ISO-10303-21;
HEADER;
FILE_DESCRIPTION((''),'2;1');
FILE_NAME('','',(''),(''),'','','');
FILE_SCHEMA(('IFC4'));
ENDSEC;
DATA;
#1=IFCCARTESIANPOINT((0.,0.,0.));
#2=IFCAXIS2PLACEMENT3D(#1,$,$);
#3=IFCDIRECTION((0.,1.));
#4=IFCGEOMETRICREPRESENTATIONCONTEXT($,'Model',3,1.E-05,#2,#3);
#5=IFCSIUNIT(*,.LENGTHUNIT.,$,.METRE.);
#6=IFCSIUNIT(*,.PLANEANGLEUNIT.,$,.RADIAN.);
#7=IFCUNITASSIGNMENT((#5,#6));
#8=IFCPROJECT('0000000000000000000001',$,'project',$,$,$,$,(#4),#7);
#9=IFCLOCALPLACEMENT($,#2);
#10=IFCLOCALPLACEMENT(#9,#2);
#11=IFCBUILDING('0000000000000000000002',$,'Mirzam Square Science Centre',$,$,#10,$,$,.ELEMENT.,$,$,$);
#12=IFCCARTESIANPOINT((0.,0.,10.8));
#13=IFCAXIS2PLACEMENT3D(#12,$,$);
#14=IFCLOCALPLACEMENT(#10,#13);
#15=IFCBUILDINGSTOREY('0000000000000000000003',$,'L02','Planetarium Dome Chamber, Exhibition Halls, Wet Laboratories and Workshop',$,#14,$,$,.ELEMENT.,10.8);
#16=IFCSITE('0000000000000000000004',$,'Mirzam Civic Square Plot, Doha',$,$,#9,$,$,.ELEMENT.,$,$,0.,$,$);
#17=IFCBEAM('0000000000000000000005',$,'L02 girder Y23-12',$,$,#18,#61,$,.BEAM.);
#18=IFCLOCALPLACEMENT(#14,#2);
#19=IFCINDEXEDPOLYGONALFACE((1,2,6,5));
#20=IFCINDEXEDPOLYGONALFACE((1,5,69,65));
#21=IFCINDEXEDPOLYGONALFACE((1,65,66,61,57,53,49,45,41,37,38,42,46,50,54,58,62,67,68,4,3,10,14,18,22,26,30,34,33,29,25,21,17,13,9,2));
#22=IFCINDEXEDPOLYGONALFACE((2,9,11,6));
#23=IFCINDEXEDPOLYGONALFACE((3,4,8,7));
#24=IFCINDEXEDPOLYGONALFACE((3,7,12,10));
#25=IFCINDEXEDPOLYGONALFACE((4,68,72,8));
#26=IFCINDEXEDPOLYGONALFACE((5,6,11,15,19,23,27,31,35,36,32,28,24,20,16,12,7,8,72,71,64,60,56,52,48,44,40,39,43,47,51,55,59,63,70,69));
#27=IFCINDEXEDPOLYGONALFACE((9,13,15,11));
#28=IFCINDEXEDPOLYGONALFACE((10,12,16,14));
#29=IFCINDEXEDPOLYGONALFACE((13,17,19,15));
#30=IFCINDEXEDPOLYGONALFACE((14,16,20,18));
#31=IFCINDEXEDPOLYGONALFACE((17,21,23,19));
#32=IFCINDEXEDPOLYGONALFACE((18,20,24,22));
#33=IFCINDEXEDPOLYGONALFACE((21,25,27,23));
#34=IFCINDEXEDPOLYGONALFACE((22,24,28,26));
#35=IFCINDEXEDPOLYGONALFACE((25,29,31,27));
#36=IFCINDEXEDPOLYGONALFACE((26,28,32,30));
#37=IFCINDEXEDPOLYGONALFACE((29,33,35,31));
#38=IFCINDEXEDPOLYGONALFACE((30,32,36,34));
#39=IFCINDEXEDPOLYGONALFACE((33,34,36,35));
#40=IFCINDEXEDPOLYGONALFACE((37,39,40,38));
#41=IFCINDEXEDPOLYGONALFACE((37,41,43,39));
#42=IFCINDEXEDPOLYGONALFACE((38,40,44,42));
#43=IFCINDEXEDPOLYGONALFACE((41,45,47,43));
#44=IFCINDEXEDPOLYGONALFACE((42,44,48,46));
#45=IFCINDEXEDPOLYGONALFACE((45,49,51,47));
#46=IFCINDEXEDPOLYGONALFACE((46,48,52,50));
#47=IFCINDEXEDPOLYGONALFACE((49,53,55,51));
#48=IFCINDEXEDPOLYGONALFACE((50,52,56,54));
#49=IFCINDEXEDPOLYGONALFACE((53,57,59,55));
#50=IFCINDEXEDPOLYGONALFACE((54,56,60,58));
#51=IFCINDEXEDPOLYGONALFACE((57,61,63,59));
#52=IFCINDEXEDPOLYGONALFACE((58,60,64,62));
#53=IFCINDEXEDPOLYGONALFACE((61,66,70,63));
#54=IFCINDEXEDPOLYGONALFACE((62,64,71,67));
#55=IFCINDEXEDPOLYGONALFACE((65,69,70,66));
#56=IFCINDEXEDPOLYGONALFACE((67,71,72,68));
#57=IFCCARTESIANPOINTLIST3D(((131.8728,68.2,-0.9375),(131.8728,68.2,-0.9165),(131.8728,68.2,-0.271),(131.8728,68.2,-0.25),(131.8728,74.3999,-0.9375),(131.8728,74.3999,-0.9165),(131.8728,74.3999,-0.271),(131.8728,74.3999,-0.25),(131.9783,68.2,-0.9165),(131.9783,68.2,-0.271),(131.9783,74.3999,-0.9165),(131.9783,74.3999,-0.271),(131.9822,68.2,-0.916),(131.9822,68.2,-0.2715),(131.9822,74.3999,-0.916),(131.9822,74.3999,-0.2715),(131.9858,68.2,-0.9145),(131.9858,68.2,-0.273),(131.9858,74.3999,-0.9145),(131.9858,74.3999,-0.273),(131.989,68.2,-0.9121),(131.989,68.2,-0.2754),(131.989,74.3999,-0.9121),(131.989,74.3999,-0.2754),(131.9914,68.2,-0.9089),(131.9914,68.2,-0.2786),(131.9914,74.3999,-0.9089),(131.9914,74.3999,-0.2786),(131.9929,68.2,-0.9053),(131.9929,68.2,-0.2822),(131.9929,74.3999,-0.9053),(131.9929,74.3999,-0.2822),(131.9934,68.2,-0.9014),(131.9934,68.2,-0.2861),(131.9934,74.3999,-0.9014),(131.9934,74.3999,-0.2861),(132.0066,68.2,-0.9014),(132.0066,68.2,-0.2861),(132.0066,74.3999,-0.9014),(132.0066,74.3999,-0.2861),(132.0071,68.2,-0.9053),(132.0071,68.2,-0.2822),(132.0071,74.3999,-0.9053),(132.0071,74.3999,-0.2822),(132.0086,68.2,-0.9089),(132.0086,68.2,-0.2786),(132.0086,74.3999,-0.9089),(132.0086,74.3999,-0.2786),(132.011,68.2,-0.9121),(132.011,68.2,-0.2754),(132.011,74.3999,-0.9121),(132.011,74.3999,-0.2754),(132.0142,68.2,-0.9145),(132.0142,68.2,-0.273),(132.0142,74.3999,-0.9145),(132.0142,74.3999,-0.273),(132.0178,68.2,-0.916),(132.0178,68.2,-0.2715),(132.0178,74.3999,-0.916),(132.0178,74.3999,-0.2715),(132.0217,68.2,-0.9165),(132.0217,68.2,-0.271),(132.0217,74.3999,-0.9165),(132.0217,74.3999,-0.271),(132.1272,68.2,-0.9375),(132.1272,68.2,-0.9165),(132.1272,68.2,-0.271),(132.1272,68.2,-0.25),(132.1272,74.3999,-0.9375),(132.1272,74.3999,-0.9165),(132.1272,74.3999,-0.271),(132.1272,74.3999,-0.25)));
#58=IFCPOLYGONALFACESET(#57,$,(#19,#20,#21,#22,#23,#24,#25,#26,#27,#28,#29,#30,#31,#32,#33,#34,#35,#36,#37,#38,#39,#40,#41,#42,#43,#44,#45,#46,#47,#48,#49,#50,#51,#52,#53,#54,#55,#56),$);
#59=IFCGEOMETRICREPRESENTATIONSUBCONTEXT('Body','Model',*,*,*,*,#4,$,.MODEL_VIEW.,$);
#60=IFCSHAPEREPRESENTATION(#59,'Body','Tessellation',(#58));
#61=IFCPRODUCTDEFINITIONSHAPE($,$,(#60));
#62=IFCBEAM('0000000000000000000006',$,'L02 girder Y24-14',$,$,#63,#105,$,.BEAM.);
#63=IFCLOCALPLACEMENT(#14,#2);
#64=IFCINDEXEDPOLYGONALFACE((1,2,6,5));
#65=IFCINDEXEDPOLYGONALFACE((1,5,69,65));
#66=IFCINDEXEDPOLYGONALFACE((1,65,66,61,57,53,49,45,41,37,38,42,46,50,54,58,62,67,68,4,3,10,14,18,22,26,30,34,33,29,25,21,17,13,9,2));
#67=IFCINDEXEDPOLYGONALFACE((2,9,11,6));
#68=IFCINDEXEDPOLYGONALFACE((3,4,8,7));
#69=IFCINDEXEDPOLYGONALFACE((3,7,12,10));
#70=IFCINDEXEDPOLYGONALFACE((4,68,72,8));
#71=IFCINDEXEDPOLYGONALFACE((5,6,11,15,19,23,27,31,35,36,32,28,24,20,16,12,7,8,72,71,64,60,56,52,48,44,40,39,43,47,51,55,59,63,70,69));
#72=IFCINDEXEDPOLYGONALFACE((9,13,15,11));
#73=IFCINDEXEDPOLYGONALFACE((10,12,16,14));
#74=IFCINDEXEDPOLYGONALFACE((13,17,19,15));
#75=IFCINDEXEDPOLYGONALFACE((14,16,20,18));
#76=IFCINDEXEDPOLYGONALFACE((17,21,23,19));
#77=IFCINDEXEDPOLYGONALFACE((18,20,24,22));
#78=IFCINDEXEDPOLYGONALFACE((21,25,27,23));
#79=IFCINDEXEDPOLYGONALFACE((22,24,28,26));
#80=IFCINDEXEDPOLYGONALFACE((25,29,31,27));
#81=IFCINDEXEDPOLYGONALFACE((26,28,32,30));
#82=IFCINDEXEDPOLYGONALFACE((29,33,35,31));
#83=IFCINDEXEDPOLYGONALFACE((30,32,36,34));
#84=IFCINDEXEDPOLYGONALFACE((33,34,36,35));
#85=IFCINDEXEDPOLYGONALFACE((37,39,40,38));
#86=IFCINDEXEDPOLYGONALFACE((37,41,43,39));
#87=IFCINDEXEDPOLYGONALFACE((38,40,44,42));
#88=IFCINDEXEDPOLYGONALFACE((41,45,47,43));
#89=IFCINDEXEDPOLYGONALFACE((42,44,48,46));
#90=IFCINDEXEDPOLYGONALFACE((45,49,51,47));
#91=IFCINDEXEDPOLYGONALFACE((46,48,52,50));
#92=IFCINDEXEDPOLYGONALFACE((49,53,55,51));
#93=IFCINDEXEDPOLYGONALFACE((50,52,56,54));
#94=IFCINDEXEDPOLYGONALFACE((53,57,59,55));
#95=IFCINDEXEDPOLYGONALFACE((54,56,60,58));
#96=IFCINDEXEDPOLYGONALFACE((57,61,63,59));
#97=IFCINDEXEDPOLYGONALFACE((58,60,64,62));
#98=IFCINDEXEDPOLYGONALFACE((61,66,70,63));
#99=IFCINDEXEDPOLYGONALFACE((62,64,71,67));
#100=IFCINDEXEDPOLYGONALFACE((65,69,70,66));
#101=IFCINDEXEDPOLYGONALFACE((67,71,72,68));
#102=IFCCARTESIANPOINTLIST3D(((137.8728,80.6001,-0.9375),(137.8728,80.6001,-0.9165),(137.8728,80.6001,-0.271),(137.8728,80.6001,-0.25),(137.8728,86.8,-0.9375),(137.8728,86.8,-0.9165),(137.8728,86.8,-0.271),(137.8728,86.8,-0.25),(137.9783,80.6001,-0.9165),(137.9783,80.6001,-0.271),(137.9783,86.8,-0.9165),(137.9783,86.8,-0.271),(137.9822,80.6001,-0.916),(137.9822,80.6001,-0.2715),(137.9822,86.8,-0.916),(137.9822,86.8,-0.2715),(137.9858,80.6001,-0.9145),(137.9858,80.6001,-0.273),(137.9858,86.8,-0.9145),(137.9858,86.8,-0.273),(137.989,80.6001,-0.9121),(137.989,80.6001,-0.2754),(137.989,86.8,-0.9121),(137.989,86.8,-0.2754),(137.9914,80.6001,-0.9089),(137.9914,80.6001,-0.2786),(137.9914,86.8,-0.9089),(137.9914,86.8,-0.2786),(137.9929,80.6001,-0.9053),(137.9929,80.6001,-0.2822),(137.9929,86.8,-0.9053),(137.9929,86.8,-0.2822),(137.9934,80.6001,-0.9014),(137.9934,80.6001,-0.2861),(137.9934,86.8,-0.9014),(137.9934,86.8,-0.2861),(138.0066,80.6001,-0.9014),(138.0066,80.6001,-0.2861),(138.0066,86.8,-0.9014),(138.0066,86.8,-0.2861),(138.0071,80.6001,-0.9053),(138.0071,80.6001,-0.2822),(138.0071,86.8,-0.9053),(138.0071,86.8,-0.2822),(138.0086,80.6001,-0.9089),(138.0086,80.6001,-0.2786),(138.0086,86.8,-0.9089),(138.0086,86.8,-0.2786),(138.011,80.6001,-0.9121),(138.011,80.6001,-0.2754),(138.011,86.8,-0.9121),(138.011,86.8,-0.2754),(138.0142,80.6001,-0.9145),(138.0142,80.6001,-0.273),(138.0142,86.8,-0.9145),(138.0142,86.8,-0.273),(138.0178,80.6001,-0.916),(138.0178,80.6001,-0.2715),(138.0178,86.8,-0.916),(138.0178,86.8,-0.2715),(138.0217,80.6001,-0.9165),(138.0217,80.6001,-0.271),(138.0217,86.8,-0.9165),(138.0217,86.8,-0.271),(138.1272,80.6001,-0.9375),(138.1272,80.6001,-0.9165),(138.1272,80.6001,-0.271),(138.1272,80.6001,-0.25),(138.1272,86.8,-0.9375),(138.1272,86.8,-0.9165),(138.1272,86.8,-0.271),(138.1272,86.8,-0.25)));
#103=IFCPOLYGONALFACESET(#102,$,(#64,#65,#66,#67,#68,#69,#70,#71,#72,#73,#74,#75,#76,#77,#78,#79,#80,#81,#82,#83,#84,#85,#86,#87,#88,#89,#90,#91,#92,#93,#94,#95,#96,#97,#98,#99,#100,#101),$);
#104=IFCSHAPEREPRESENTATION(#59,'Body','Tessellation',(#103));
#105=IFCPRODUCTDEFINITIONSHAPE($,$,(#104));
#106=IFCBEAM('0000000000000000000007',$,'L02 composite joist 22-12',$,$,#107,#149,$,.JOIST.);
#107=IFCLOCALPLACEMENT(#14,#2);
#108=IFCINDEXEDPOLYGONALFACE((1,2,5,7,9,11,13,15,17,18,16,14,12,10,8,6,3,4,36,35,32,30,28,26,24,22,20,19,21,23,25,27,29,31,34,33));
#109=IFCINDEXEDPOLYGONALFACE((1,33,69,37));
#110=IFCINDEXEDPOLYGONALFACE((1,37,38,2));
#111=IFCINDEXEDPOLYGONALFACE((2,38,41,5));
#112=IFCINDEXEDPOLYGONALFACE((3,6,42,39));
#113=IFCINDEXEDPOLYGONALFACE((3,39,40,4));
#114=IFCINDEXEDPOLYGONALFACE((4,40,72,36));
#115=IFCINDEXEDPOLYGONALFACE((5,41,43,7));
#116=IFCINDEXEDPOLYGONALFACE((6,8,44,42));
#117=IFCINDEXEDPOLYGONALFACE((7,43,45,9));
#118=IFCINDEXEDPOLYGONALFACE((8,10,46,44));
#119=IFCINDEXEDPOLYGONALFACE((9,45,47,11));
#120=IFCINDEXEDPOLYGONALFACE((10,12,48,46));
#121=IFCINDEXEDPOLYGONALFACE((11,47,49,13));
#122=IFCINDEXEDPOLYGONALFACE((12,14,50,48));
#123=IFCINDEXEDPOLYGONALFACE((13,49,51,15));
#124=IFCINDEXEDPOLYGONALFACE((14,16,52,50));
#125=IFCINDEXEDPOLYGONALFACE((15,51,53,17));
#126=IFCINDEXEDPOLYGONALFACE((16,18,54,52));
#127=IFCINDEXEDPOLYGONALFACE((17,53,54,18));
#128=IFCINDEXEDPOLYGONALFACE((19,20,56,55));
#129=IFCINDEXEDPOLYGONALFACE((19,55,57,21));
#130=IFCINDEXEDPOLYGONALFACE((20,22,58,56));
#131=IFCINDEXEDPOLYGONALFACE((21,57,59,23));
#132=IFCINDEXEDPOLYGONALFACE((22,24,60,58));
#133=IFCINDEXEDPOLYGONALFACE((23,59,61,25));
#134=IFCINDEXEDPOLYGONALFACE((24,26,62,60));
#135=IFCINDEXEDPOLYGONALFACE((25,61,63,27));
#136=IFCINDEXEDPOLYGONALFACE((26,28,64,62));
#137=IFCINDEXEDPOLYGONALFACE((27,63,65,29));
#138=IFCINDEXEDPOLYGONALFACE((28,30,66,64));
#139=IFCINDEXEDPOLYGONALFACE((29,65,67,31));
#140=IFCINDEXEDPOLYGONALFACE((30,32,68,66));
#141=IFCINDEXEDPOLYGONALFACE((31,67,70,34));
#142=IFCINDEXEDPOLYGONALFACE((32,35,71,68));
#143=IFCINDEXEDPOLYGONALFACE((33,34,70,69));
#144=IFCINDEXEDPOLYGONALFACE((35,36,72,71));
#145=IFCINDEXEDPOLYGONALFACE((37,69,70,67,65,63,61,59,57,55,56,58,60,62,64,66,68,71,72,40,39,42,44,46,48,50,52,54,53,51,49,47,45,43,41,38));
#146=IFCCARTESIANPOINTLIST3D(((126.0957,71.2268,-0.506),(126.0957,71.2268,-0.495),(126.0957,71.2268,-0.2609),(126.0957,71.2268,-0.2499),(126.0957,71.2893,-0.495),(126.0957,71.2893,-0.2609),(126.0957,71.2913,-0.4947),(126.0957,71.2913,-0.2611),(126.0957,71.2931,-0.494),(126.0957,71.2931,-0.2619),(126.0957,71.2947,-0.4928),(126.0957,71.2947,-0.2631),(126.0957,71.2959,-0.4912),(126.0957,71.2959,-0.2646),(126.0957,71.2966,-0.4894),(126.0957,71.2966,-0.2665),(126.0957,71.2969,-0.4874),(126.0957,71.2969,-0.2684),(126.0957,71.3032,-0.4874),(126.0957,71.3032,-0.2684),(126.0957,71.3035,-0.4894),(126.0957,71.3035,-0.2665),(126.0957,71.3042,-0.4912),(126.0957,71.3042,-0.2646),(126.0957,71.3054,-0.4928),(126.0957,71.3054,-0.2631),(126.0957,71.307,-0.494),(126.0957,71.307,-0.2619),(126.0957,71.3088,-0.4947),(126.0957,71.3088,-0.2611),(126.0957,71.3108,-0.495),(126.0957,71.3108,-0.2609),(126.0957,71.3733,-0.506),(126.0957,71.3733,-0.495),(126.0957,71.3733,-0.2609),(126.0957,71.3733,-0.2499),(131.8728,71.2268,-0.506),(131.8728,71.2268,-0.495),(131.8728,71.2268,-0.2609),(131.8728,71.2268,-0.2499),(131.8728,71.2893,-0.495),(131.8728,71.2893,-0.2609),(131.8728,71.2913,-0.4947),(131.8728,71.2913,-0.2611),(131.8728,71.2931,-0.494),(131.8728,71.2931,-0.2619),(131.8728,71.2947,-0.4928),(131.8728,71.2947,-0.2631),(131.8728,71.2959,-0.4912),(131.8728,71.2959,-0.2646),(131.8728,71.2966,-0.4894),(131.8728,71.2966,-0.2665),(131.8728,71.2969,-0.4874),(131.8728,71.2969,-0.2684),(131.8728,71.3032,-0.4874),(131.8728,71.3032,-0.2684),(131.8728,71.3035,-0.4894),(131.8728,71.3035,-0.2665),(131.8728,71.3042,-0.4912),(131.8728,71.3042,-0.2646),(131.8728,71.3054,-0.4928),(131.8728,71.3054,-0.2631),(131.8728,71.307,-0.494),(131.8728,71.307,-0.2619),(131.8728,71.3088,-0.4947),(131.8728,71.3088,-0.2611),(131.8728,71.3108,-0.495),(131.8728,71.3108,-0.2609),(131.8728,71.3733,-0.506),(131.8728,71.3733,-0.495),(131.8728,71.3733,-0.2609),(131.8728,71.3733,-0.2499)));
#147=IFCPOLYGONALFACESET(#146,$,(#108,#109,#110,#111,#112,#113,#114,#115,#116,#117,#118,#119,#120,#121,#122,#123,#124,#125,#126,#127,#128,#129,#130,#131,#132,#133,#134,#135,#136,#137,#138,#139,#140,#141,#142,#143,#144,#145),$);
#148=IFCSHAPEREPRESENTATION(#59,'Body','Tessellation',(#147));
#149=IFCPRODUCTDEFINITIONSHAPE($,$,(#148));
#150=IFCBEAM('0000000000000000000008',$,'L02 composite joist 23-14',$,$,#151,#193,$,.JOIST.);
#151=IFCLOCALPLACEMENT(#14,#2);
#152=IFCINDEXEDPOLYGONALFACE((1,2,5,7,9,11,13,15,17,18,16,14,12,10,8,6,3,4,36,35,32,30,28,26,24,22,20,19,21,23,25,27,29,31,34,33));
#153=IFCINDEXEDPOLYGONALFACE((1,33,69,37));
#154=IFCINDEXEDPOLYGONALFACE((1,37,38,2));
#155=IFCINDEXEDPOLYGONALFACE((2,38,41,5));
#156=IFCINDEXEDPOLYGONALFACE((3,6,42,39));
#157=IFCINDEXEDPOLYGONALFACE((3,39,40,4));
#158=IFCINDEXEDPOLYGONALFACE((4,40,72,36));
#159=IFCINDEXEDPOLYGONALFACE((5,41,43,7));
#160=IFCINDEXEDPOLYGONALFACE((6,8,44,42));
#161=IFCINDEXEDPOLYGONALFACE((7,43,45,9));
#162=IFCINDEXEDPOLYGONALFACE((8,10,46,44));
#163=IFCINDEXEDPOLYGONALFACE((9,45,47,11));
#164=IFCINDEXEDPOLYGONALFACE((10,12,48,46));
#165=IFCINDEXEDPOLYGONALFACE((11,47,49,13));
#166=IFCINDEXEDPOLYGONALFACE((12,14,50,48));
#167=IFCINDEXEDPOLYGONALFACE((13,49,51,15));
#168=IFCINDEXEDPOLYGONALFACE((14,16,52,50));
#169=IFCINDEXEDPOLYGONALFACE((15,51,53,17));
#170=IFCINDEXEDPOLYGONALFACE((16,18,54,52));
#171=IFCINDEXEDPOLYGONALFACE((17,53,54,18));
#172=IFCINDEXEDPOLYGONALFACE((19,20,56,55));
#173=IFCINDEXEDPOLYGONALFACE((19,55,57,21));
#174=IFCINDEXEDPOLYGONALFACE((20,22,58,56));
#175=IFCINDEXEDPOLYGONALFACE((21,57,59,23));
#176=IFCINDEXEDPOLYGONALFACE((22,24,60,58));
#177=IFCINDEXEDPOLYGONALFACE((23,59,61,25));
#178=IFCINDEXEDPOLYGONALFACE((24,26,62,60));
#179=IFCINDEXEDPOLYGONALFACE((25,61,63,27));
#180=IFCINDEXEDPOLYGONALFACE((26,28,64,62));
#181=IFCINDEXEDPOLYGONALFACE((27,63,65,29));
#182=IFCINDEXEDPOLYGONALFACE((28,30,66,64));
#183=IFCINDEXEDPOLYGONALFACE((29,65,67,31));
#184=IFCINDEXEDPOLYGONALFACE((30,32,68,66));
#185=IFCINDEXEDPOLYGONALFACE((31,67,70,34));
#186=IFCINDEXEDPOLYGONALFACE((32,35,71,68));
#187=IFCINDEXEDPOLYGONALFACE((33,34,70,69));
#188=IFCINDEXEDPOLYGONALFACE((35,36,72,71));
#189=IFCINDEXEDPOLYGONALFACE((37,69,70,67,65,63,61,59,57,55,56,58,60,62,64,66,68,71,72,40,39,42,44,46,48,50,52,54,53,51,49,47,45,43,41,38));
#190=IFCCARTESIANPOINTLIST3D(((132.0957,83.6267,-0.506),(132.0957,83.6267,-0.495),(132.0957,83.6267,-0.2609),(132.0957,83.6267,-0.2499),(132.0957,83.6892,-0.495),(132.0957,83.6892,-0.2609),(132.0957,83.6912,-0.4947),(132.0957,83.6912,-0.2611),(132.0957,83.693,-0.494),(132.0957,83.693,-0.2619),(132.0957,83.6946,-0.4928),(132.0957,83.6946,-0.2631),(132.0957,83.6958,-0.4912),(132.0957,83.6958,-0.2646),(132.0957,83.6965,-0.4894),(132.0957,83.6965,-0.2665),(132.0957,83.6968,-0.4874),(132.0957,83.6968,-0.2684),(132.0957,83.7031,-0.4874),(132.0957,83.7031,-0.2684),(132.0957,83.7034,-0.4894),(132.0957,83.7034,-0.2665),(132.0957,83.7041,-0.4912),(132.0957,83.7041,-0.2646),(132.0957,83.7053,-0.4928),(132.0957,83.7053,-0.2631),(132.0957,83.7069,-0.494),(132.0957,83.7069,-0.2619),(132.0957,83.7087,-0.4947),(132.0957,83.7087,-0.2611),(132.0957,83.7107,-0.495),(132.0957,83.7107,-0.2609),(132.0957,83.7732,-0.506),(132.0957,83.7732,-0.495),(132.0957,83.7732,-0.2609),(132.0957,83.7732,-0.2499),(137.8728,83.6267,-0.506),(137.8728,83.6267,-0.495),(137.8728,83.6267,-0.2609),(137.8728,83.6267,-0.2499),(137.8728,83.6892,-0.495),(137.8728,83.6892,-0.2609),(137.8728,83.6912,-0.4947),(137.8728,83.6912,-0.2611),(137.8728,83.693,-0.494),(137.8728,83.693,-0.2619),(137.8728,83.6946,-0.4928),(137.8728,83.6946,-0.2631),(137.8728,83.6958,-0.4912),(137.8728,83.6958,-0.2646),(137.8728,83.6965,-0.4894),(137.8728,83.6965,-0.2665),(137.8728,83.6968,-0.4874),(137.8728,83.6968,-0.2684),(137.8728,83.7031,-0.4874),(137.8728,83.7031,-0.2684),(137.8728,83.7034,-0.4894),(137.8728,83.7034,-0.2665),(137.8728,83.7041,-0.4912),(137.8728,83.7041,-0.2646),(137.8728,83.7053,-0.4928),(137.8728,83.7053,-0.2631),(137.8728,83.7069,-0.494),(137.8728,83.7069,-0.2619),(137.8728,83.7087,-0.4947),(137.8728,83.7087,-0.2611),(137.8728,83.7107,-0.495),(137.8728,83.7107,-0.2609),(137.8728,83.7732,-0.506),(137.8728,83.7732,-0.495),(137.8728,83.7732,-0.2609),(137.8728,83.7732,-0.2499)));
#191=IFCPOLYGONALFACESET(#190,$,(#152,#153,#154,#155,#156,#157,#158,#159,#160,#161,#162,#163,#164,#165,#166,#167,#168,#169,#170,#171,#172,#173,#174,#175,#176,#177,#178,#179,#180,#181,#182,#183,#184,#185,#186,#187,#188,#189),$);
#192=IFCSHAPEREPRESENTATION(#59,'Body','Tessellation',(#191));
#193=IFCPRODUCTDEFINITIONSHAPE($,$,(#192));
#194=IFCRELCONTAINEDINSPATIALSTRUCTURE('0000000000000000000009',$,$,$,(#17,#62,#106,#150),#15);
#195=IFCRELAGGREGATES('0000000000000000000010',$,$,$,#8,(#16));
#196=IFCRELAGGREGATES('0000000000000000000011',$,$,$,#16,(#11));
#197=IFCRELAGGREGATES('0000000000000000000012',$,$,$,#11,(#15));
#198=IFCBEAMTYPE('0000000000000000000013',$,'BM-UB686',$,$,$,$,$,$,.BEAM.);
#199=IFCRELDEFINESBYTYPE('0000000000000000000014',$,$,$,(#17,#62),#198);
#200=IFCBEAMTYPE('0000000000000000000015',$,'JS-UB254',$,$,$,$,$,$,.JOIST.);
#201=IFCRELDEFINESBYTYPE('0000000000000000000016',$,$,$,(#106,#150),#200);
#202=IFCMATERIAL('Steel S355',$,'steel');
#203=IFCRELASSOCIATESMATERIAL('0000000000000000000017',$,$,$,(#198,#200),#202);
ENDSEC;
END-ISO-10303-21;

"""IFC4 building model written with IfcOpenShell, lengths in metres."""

from ifc_helpers import new_model, si_unit, direction, frame, origin, origin_2d, place, context, subcontext, project, spatial, i_section, extrude, material, material_profile, profile_set, type_object, element, save


model = new_model("IFC4")

# Units and contexts
model_context = context("Model", 3, precision=1e-05, world=origin(), true_north=direction((0.0, 1.0)))
body_context = subcontext(model_context, "Body", "Model", "MODEL_VIEW")
ifc_project = project(units=[si_unit("LENGTHUNIT", "METRE"), si_unit("PLANEANGLEUNIT", "RADIAN")], contexts=[model_context])

# Site, building, storey
site_placement = place(None, origin())
site = spatial("IfcSite", under=ifc_project, at=site_placement, Name="Mirzam Civic Square Plot, Doha", CompositionType="ELEMENT", RefElevation=0.0)
building_placement = place(site_placement, origin())
building = spatial("IfcBuilding", under=site, at=building_placement, Name="Mirzam Square Science Centre", CompositionType="ELEMENT")
storey_placement = place(building_placement, frame((0.0, 0.0, 10.8)))
storey = spatial("IfcBuildingStorey", under=building, at=storey_placement, Name="L02", Description="Planetarium Dome Chamber, Exhibition Halls, Wet Laboratories and Workshop", CompositionType="ELEMENT", Elevation=10.8)

# Shared definitions
ifc_material_1 = material(Name="Steel S355", Category="steel")

# Beams
ifc_material_profile_1 = material_profile(ifc_material_1, i_section(OverallWidth=0.2544, OverallDepth=0.6875, WebThickness=0.0132, FlangeThickness=0.021, FilletRadius=0.0151, at=origin_2d()), Name="686x254x152UB")
ifc_profile_set_1 = profile_set([ifc_material_profile_1], Name="Steel S355")
beam_type_1 = type_object("IfcBeamType", Name="BM-UB686", PredefinedType="BEAM", material=ifc_profile_set_1)
for number, where, z_axis, x_axis, name in (
    (1, (132.0, 68.2, -0.5938), (0.0, 1.0, 0.0), (-1.0, 0.0, 0.0), "L02 girder Y23-12"),
    (2, (138.0, 80.6001, -0.5938), (0.0, 1.0, 0.0), (-1.0, 0.0, 0.0), "L02 girder Y24-14"),
):
    element("IfcBeam", number, at=place(storey_placement, frame(where, z_axis=z_axis, x_axis=x_axis)), inside=storey, type_object=beam_type_1, Name=name, PredefinedType="BEAM", context=body_context, shape_type="SweptSolid", body=[
        extrude(i_section(OverallWidth=0.2544, OverallDepth=0.6875, WebThickness=0.0132, FlangeThickness=0.021, FilletRadius=0.0151, at=origin_2d()), origin(), (0.0, 0.0, 1.0), 6.2),
    ])
ifc_material_profile_2 = material_profile(ifc_material_1, i_section(OverallWidth=0.1465, OverallDepth=0.2561, WebThickness=0.0063, FlangeThickness=0.011, FilletRadius=0.0076, at=origin_2d()), Name="254x146x37UB")
ifc_profile_set_2 = profile_set([ifc_material_profile_2], Name="Steel S355")
beam_type_2 = type_object("IfcBeamType", Name="JS-UB254", PredefinedType="JOIST", material=ifc_profile_set_2)
for number, where, z_axis, x_axis, name in (
    (3, (126.0957, 71.3, -0.3779), (1.0, 0.0, 0.0), (0.0, 1.0, 0.0), "L02 composite joist 22-12"),
    (4, (132.0957, 83.7, -0.3779), (1.0, 0.0, 0.0), (0.0, 1.0, 0.0), "L02 composite joist 23-14"),
):
    element("IfcBeam", number, at=place(storey_placement, frame(where, z_axis=z_axis, x_axis=x_axis)), inside=storey, type_object=beam_type_2, Name=name, PredefinedType="JOIST", context=body_context, shape_type="SweptSolid", body=[
        extrude(i_section(OverallWidth=0.1465, OverallDepth=0.2561, WebThickness=0.0063, FlangeThickness=0.011, FilletRadius=0.0076, at=origin_2d()), origin(), (0.0, 0.0, 1.0), 5.7771),
    ])

save(model, "model.ifc")
